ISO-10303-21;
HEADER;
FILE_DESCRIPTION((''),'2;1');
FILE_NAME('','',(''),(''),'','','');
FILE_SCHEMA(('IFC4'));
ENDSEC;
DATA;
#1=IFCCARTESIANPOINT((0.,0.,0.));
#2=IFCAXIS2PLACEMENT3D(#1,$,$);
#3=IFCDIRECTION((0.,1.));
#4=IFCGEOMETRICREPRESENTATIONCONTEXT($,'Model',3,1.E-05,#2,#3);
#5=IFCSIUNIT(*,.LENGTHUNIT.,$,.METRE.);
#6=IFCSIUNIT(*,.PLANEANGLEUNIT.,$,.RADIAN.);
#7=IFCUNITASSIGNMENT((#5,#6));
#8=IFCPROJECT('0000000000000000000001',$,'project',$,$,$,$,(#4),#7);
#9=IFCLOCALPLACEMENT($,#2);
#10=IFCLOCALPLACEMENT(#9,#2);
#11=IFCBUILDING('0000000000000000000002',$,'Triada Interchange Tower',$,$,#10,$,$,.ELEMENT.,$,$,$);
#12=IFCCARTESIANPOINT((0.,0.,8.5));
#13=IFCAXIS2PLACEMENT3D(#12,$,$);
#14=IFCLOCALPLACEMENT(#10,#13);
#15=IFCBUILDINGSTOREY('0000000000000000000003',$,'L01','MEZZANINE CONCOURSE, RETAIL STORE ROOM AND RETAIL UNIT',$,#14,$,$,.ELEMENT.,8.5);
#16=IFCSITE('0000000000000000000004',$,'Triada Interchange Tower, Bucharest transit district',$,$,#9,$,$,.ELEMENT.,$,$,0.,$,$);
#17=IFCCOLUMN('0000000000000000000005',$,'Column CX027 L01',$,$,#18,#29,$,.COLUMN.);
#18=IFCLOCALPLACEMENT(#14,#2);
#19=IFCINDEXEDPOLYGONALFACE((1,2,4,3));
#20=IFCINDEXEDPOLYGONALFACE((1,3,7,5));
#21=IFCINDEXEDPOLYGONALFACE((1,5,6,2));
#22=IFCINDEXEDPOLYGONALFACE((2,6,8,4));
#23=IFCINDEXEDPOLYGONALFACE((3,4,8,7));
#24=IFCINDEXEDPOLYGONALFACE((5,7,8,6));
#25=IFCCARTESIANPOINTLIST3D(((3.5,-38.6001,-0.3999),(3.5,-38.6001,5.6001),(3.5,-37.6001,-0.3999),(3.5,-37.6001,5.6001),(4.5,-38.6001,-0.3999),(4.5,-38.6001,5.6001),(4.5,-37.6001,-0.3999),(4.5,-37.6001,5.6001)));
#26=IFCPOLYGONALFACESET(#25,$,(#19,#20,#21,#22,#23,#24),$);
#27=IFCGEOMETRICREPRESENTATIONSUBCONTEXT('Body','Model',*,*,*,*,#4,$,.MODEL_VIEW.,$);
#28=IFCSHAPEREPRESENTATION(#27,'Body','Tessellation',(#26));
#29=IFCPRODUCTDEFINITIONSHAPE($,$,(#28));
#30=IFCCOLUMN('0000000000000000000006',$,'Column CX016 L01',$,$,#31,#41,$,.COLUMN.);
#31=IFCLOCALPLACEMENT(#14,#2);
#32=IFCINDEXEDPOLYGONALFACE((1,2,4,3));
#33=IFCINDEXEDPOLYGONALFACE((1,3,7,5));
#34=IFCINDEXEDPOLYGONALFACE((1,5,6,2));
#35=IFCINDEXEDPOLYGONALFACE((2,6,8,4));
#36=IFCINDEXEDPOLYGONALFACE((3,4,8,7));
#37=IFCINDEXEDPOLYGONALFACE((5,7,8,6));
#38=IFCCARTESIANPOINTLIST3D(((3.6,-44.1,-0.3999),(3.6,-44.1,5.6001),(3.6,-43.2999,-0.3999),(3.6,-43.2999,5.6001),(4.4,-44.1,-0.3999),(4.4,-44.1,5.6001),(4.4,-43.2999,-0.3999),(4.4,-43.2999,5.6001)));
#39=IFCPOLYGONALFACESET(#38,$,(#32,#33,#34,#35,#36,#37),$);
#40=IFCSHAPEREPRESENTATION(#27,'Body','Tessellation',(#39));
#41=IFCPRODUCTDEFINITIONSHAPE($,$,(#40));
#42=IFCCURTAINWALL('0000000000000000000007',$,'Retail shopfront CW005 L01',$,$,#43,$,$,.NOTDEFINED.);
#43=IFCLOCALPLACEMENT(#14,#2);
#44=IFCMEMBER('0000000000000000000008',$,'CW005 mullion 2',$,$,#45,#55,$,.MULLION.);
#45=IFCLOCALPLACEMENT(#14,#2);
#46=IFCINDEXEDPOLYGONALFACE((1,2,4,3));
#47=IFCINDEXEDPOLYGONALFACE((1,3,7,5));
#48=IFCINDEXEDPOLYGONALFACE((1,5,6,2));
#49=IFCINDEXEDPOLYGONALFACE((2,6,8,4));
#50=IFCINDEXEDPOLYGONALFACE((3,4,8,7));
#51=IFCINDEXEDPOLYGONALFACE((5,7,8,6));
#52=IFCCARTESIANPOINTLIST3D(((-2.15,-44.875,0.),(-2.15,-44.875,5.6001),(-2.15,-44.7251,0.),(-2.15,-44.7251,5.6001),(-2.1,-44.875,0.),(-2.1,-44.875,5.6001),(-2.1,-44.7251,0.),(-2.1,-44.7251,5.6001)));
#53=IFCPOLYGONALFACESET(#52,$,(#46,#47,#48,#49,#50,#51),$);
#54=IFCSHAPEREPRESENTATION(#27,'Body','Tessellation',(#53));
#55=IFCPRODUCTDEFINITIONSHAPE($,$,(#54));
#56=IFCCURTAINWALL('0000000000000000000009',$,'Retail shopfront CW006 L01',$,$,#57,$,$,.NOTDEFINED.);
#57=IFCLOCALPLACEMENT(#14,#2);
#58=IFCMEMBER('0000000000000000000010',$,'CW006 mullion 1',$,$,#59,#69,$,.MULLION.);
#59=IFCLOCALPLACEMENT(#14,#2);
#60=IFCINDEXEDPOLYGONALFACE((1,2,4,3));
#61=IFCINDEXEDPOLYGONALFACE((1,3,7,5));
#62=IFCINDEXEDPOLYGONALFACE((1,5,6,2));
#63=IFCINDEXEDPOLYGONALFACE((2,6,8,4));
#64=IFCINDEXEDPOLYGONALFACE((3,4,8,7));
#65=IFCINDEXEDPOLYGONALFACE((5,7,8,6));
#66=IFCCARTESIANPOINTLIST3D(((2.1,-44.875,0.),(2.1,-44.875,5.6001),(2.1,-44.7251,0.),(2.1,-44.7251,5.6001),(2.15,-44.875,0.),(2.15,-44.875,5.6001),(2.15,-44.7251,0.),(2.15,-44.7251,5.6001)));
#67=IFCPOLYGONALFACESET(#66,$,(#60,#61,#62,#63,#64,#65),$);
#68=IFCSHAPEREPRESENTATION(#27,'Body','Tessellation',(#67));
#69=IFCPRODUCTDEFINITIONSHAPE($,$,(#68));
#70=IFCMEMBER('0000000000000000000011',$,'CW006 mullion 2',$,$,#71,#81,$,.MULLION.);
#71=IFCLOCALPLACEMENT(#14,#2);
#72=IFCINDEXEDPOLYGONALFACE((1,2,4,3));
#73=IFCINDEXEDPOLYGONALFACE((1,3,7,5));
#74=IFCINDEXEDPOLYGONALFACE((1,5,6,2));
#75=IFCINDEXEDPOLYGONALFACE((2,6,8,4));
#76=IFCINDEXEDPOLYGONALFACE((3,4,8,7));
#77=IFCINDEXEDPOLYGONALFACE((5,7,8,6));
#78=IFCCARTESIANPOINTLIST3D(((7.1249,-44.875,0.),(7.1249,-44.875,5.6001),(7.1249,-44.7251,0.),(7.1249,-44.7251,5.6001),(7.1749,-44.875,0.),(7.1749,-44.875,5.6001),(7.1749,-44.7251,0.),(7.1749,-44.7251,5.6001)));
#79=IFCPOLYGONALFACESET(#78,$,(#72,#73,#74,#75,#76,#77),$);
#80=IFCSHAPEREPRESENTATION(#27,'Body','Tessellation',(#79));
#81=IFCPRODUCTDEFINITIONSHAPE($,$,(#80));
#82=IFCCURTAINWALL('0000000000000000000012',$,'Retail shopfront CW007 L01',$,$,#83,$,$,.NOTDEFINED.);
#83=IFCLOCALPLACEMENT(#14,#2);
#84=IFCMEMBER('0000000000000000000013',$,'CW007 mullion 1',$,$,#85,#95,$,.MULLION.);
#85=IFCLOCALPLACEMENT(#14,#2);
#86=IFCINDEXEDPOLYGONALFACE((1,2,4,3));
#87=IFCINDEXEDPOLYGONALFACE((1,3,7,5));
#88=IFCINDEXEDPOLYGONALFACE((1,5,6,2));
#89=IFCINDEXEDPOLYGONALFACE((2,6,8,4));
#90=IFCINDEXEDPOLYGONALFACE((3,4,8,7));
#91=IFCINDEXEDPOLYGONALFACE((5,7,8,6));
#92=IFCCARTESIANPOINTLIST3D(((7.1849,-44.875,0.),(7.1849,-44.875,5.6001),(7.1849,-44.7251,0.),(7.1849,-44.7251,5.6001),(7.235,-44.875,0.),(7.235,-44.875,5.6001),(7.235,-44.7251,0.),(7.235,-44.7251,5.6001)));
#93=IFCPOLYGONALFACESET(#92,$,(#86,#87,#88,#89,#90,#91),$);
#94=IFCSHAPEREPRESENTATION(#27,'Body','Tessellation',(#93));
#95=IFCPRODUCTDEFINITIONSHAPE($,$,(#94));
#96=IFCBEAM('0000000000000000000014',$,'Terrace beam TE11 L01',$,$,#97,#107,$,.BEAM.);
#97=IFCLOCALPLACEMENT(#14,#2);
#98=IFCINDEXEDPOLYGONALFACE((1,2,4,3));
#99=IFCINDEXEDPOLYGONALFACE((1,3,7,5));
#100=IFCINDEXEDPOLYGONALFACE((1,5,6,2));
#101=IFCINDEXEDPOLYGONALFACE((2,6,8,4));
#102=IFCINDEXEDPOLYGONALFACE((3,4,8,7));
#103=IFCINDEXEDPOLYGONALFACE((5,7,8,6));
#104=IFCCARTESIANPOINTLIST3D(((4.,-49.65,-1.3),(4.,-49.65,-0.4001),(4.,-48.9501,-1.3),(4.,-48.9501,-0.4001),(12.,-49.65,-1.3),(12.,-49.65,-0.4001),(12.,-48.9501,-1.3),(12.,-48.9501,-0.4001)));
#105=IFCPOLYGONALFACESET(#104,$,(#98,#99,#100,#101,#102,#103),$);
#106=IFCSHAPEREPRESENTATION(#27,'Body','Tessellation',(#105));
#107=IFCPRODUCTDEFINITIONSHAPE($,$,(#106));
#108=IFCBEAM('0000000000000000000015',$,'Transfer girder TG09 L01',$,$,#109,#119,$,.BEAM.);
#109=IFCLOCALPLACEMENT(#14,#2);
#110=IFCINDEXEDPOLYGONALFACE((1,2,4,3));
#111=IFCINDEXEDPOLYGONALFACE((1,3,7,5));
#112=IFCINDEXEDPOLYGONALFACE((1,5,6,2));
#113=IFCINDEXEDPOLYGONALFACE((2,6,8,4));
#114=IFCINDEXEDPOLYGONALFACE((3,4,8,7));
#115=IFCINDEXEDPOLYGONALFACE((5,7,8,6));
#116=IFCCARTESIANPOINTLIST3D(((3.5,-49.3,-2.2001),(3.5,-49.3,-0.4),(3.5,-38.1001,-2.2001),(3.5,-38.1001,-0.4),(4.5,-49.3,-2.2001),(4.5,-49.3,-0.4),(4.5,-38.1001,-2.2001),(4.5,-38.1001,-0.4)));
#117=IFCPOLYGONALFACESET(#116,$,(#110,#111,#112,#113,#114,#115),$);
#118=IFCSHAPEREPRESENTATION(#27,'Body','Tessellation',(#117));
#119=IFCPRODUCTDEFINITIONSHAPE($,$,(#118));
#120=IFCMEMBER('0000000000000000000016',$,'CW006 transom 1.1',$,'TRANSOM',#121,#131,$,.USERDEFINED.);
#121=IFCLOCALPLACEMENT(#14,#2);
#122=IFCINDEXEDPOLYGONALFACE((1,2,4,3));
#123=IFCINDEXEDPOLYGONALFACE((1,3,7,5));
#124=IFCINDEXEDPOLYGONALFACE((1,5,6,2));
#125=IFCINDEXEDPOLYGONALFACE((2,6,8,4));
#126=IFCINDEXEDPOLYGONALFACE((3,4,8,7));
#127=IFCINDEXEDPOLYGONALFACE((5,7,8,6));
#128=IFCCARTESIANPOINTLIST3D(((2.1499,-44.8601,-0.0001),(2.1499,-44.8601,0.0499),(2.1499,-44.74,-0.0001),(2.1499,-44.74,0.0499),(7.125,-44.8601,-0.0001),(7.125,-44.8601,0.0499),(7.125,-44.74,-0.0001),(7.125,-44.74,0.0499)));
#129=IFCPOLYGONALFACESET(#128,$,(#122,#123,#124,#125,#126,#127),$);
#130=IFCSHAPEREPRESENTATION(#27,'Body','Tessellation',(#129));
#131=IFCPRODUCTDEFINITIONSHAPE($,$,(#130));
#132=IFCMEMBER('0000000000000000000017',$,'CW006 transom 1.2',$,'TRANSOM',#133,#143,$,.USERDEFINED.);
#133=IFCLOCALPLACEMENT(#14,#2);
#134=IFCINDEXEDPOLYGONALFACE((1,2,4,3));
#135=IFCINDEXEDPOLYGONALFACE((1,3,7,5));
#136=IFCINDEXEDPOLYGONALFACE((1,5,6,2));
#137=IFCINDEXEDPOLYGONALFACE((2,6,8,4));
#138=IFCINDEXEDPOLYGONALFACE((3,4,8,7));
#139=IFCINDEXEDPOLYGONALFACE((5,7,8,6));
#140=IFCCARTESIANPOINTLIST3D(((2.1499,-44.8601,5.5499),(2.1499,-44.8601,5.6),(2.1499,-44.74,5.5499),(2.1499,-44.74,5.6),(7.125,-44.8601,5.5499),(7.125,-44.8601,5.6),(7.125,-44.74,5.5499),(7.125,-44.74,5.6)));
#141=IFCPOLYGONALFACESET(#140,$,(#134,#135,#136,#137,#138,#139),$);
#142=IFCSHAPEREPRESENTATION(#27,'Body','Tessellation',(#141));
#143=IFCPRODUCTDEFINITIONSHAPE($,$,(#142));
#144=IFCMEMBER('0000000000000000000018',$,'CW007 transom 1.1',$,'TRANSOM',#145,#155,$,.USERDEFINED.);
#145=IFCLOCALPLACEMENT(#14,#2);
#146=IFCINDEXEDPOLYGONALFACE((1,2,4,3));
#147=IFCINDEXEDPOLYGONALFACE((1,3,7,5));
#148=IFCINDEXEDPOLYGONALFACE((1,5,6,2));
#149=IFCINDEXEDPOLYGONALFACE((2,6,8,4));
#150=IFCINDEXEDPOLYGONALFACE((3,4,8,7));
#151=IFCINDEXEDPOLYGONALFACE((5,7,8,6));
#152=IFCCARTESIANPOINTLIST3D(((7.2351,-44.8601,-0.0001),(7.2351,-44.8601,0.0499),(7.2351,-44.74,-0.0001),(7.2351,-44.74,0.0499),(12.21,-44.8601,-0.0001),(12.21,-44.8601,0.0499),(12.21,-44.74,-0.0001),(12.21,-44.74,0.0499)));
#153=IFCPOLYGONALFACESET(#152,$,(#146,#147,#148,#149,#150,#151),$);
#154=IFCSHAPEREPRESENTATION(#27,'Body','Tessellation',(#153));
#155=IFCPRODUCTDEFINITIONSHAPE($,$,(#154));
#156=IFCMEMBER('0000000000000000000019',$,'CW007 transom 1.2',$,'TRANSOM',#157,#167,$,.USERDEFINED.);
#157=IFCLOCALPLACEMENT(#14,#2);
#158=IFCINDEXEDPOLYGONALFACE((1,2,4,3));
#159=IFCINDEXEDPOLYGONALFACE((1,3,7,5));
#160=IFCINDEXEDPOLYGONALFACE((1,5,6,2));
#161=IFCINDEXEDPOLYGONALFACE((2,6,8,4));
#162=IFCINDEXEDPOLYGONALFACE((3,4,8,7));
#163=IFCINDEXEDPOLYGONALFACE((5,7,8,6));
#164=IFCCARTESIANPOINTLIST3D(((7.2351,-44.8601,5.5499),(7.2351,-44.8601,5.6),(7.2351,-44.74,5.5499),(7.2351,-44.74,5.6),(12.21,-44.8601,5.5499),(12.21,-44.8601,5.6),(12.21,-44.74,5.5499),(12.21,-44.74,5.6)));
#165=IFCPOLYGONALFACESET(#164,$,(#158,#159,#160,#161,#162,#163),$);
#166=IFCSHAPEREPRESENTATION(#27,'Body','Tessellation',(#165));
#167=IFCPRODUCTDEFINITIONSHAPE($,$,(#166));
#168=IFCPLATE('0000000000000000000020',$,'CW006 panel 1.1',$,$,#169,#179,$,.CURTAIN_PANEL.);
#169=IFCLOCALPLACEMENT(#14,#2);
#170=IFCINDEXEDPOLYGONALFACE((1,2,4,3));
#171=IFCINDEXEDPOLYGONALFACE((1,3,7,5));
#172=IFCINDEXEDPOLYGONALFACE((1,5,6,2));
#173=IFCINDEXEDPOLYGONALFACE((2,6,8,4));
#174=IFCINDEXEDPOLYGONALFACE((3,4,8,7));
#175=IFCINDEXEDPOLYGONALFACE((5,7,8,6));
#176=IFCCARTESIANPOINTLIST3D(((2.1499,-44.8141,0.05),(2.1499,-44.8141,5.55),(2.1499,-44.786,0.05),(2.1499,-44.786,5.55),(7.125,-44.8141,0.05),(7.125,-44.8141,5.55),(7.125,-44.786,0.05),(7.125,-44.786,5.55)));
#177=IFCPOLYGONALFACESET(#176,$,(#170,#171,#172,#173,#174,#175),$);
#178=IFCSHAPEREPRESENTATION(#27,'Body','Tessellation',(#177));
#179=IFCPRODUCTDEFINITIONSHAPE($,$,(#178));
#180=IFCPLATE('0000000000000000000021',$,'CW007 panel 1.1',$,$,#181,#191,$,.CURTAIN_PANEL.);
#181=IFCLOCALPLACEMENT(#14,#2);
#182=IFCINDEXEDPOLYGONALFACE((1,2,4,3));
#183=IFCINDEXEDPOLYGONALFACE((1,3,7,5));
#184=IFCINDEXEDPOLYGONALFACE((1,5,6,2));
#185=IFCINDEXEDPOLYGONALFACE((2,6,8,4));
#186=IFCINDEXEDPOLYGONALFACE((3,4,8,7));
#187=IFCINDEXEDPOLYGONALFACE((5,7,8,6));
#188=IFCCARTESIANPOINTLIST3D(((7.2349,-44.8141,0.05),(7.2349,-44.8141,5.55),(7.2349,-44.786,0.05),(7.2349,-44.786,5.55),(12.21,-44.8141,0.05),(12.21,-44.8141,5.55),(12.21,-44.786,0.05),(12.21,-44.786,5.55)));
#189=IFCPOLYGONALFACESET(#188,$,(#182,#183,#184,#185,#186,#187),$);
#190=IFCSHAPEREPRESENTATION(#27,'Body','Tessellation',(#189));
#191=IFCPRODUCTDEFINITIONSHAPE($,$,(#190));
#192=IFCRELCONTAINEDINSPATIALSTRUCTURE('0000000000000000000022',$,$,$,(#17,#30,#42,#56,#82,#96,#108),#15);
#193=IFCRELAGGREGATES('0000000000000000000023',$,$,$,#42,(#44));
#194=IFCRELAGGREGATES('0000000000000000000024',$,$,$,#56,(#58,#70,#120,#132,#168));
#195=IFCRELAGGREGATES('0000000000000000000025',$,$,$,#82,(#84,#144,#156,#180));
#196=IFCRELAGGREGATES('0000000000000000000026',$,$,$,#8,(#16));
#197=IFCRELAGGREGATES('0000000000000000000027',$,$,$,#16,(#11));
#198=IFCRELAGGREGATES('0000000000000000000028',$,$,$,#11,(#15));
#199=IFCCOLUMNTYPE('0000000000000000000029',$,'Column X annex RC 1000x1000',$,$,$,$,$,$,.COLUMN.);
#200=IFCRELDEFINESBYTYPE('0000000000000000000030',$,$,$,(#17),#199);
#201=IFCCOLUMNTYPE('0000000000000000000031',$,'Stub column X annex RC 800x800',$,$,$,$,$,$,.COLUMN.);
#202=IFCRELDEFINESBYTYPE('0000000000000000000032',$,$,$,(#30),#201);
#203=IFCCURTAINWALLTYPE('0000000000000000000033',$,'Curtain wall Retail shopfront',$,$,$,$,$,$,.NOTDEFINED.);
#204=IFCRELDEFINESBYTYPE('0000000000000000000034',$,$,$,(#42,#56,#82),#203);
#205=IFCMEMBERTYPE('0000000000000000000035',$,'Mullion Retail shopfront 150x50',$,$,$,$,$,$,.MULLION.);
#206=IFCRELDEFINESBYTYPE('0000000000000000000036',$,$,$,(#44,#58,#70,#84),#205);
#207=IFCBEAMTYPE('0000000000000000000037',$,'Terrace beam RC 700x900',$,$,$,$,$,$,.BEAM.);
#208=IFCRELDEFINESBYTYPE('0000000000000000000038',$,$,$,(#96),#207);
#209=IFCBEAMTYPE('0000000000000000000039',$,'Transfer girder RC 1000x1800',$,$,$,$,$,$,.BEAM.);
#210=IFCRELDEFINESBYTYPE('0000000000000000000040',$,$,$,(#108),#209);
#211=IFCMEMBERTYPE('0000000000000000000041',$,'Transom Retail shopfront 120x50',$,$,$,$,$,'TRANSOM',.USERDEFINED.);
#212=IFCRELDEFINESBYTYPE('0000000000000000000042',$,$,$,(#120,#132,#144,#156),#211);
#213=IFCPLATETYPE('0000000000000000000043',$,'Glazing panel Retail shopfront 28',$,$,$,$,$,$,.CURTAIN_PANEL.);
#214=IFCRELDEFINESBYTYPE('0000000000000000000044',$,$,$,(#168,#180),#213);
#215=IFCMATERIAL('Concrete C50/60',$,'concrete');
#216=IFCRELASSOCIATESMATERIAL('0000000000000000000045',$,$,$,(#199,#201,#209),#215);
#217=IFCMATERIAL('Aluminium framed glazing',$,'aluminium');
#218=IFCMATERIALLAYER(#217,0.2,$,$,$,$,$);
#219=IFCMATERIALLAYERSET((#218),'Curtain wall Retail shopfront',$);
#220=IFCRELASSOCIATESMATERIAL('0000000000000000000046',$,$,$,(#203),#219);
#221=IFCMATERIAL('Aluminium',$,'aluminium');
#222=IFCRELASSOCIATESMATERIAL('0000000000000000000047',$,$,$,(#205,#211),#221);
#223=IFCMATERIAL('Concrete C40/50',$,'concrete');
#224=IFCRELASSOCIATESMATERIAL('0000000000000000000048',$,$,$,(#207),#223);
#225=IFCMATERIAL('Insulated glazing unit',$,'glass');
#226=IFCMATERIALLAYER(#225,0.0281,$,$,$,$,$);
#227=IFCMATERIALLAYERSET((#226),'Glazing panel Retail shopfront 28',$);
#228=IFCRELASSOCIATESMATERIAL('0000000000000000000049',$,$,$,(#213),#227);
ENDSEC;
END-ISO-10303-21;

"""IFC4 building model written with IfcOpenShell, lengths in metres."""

from ifc_helpers import new_model, si_unit, direction, frame, origin, origin_2d, place, context, subcontext, project, spatial, rectangle, extrude, material, layer, layer_set, material_profile, profile_set, type_object, element, aggregate, save


model = new_model("IFC4")

# Units and contexts
model_context = context("Model", 3, precision=1e-05, world=origin(), true_north=direction((0.0, 1.0)))
body_context = subcontext(model_context, "Body", "Model", "MODEL_VIEW")
ifc_project = project(units=[si_unit("LENGTHUNIT", "METRE"), si_unit("PLANEANGLEUNIT", "RADIAN")], contexts=[model_context])

# Site, building, storey
site_placement = place(None, origin())
site = spatial("IfcSite", under=ifc_project, at=site_placement, Name="Triada Interchange Tower, Bucharest transit district", CompositionType="ELEMENT", RefElevation=0.0)
building_placement = place(site_placement, origin())
building = spatial("IfcBuilding", under=site, at=building_placement, Name="Triada Interchange Tower", CompositionType="ELEMENT")
storey_placement = place(building_placement, frame((0.0, 0.0, 8.5)))
storey = spatial("IfcBuildingStorey", under=building, at=storey_placement, Name="L01", Description="MEZZANINE CONCOURSE, RETAIL STORE ROOM AND RETAIL UNIT", CompositionType="ELEMENT", Elevation=8.5)

# Columns
ifc_material_1 = material(Name="Concrete C50/60", Category="concrete")
ifc_material_profile_1 = material_profile(ifc_material_1, rectangle(XDim=1.0, YDim=1.0, at=origin_2d()), Name="RC 1000x1000")
ifc_profile_set_1 = profile_set([ifc_material_profile_1], Name="Concrete C50/60")
column_type_1 = type_object("IfcColumnType", Name="Column X annex RC 1000x1000", PredefinedType="COLUMN", material=ifc_profile_set_1)
column_1_placement = place(storey_placement, frame((4.0, -38.1001, -0.3999), z_axis=(0.0, 0.0, 1.0), x_axis=(1.0, 0.0, 0.0)))
element("IfcColumn", 1, at=column_1_placement, inside=storey, type_object=column_type_1, Name="Column CX027 L01", PredefinedType="COLUMN", context=body_context, shape_type="SweptSolid", body=[
    extrude(rectangle(XDim=1.0, YDim=1.0, at=origin_2d()), origin(), (0.0, 0.0, 1.0), 6.0),
])
ifc_material_profile_2 = material_profile(ifc_material_1, rectangle(XDim=0.8, YDim=0.8, at=origin_2d()), Name="RC 800x800")
ifc_profile_set_2 = profile_set([ifc_material_profile_2], Name="Concrete C50/60")
column_type_2 = type_object("IfcColumnType", Name="Stub column X annex RC 800x800", PredefinedType="COLUMN", material=ifc_profile_set_2)
column_2_placement = place(storey_placement, frame((4.0, -43.7, -0.3999), z_axis=(0.0, 0.0, 1.0), x_axis=(1.0, 0.0, 0.0)))
element("IfcColumn", 2, at=column_2_placement, inside=storey, type_object=column_type_2, Name="Column CX016 L01", PredefinedType="COLUMN", context=body_context, shape_type="SweptSolid", body=[
    extrude(rectangle(XDim=0.8, YDim=0.8, at=origin_2d()), origin(), (0.0, 0.0, 1.0), 6.0),
])

# Curtain wall, member
ifc_material_2 = material(Name="Aluminium framed glazing", Category="aluminium")
ifc_layer_1 = layer(ifc_material_2, 0.2)
ifc_layer_set_1 = layer_set([ifc_layer_1], Name="Curtain wall Retail shopfront")
curtain_wall_type = type_object("IfcCurtainWallType", Name="Curtain wall Retail shopfront", PredefinedType="NOTDEFINED", material=ifc_layer_set_1)
curtain_wall_1_placement = place(storey_placement, origin())
curtain_wall_1 = element("IfcCurtainWall", 3, at=curtain_wall_1_placement, inside=storey, type_object=curtain_wall_type, Name="Retail shopfront CW005 L01", PredefinedType="NOTDEFINED")
ifc_material_3 = material(Name="Aluminium", Category="aluminium")
ifc_material_profile_3 = material_profile(ifc_material_3, rectangle(XDim=0.1499, YDim=0.05, at=origin_2d()), Name="Aluminium mullion")
ifc_profile_set_3 = profile_set([ifc_material_profile_3], Name="Aluminium")
member_type_1 = type_object("IfcMemberType", Name="Mullion Retail shopfront 150x50", PredefinedType="MULLION", material=ifc_profile_set_3)
member_1_placement = place(storey_placement, frame((-2.125, -44.8, 0.0), z_axis=(0.0, 0.0, 1.0), x_axis=(0.0, 1.0, 0.0)))
member_1 = element("IfcMember", 4, at=member_1_placement, type_object=member_type_1, Name="CW005 mullion 2", PredefinedType="MULLION", context=body_context, shape_type="SweptSolid", body=[
    extrude(rectangle(XDim=0.1499, YDim=0.05, at=origin_2d()), origin(), (0.0, 0.0, 1.0), 5.6001),
])
aggregate(curtain_wall_1, [member_1])

# Curtain wall, members
curtain_wall_2_placement = place(storey_placement, origin())
curtain_wall_2 = element("IfcCurtainWall", 5, at=curtain_wall_2_placement, inside=storey, type_object=curtain_wall_type, Name="Retail shopfront CW006 L01", PredefinedType="NOTDEFINED")
member_2_placement = place(storey_placement, frame((2.125, -44.8, 0.0), z_axis=(0.0, 0.0, 1.0), x_axis=(0.0, 1.0, 0.0)))
member_2 = element("IfcMember", 6, at=member_2_placement, type_object=member_type_1, Name="CW006 mullion 1", PredefinedType="MULLION", context=body_context, shape_type="SweptSolid", body=[
    extrude(rectangle(XDim=0.1499, YDim=0.05, at=origin_2d()), origin(), (0.0, 0.0, 1.0), 5.6001),
])
member_3_placement = place(storey_placement, frame((7.1499, -44.8, 0.0), z_axis=(0.0, 0.0, 1.0), x_axis=(0.0, 1.0, 0.0)))
member_3 = element("IfcMember", 7, at=member_3_placement, type_object=member_type_1, Name="CW006 mullion 2", PredefinedType="MULLION", context=body_context, shape_type="SweptSolid", body=[
    extrude(rectangle(XDim=0.1499, YDim=0.05, at=origin_2d()), origin(), (0.0, 0.0, 1.0), 5.6001),
])

# Curtain wall, member
curtain_wall_3_placement = place(storey_placement, origin())
curtain_wall_3 = element("IfcCurtainWall", 8, at=curtain_wall_3_placement, inside=storey, type_object=curtain_wall_type, Name="Retail shopfront CW007 L01", PredefinedType="NOTDEFINED")
member_4_placement = place(storey_placement, frame((7.21, -44.8, 0.0), z_axis=(0.0, 0.0, 1.0), x_axis=(0.0, 1.0, 0.0)))
member_4 = element("IfcMember", 9, at=member_4_placement, type_object=member_type_1, Name="CW007 mullion 1", PredefinedType="MULLION", context=body_context, shape_type="SweptSolid", body=[
    extrude(rectangle(XDim=0.1499, YDim=0.05, at=origin_2d()), origin(), (0.0, 0.0, 1.0), 5.6001),
])

# Beams
ifc_material_4 = material(Name="Concrete C40/50", Category="concrete")
ifc_material_profile_4 = material_profile(ifc_material_4, rectangle(XDim=0.7, YDim=0.8999, at=origin_2d()), Name="RC 700x900")
ifc_profile_set_4 = profile_set([ifc_material_profile_4], Name="Concrete C40/50")
beam_type_1 = type_object("IfcBeamType", Name="Terrace beam RC 700x900", PredefinedType="BEAM", material=ifc_profile_set_4)
beam_1_placement = place(storey_placement, frame((4.0, -49.3, -0.8501), z_axis=(1.0, 0.0, 0.0), x_axis=(0.0, 1.0, 0.0)))
element("IfcBeam", 10, at=beam_1_placement, inside=storey, type_object=beam_type_1, Name="Terrace beam TE11 L01", PredefinedType="BEAM", context=body_context, shape_type="SweptSolid", body=[
    extrude(rectangle(XDim=0.7, YDim=0.8999, at=origin_2d()), origin(), (0.0, 0.0, 1.0), 8.0),
])
ifc_material_profile_5 = material_profile(ifc_material_1, rectangle(XDim=1.0, YDim=1.8, at=origin_2d()), Name="RC 1000x1800")
ifc_profile_set_5 = profile_set([ifc_material_profile_5], Name="Concrete C50/60")
beam_type_2 = type_object("IfcBeamType", Name="Transfer girder RC 1000x1800", PredefinedType="BEAM", material=ifc_profile_set_5)
beam_2_placement = place(storey_placement, frame((4.0, -49.3, -1.3), z_axis=(0.0, 1.0, 0.0), x_axis=(-1.0, 0.0, 0.0)))
element("IfcBeam", 11, at=beam_2_placement, inside=storey, type_object=beam_type_2, Name="Transfer girder TG09 L01", PredefinedType="BEAM", context=body_context, shape_type="SweptSolid", body=[
    extrude(rectangle(XDim=1.0, YDim=1.8, at=origin_2d()), origin(), (0.0, 0.0, 1.0), 11.2),
])

# Members
ifc_material_profile_6 = material_profile(ifc_material_3, rectangle(XDim=0.1201, YDim=0.05, at=origin_2d()), Name="Aluminium transom")
ifc_profile_set_6 = profile_set([ifc_material_profile_6], Name="Aluminium")
member_type_2 = type_object("IfcMemberType", Name="Transom Retail shopfront 120x50", ElementType="TRANSOM", PredefinedType="USERDEFINED", material=ifc_profile_set_6)
member_5_placement = place(storey_placement, frame((2.1499, -44.8, 0.0249), z_axis=(1.0, 0.0, 0.0), x_axis=(0.0, 1.0, 0.0)))
member_5 = element("IfcMember", 12, at=member_5_placement, type_object=member_type_2, Name="CW006 transom 1.1", ObjectType="TRANSOM", PredefinedType="USERDEFINED", context=body_context, shape_type="SweptSolid", body=[
    extrude(rectangle(XDim=0.1201, YDim=0.05, at=origin_2d()), origin(), (0.0, 0.0, 1.0), 4.9751),
])
member_6_placement = place(storey_placement, frame((2.1499, -44.8, 5.575), z_axis=(1.0, 0.0, 0.0), x_axis=(0.0, 1.0, 0.0)))
member_6 = element("IfcMember", 13, at=member_6_placement, type_object=member_type_2, Name="CW006 transom 1.2", ObjectType="TRANSOM", PredefinedType="USERDEFINED", context=body_context, shape_type="SweptSolid", body=[
    extrude(rectangle(XDim=0.1201, YDim=0.05, at=origin_2d()), origin(), (0.0, 0.0, 1.0), 4.9751),
])
member_7_placement = place(storey_placement, frame((7.2351, -44.8, 0.0249), z_axis=(1.0, 0.0, 0.0), x_axis=(0.0, 1.0, 0.0)))
member_7 = element("IfcMember", 14, at=member_7_placement, type_object=member_type_2, Name="CW007 transom 1.1", ObjectType="TRANSOM", PredefinedType="USERDEFINED", context=body_context, shape_type="SweptSolid", body=[
    extrude(rectangle(XDim=0.1201, YDim=0.05, at=origin_2d()), origin(), (0.0, 0.0, 1.0), 4.9749),
])
member_8_placement = place(storey_placement, frame((7.2351, -44.8, 5.575), z_axis=(1.0, 0.0, 0.0), x_axis=(0.0, 1.0, 0.0)))
member_8 = element("IfcMember", 15, at=member_8_placement, type_object=member_type_2, Name="CW007 transom 1.2", ObjectType="TRANSOM", PredefinedType="USERDEFINED", context=body_context, shape_type="SweptSolid", body=[
    extrude(rectangle(XDim=0.1201, YDim=0.05, at=origin_2d()), origin(), (0.0, 0.0, 1.0), 4.9749),
])

# Plates
ifc_material_5 = material(Name="Insulated glazing unit", Category="glass")
ifc_layer_2 = layer(ifc_material_5, 0.0281)
ifc_layer_set_2 = layer_set([ifc_layer_2], Name="Glazing panel Retail shopfront 28")
plate_type = type_object("IfcPlateType", Name="Glazing panel Retail shopfront 28", PredefinedType="CURTAIN_PANEL", material=ifc_layer_set_2)
plate_1_placement = place(storey_placement, frame((4.6375, -44.8, 0.05), z_axis=(0.0, 0.0, 1.0), x_axis=(1.0, 0.0, 0.0)))
plate_1 = element("IfcPlate", 16, at=plate_1_placement, type_object=plate_type, Name="CW006 panel 1.1", PredefinedType="CURTAIN_PANEL", context=body_context, shape_type="SweptSolid", body=[
    extrude(rectangle(XDim=4.9751, YDim=0.0281, at=origin_2d()), origin(), (0.0, 0.0, 1.0), 5.5),
])
aggregate(curtain_wall_2, [member_2, member_3, member_5, member_6, plate_1])
plate_2_placement = place(storey_placement, frame((9.7224, -44.8, 0.05), z_axis=(0.0, 0.0, 1.0), x_axis=(1.0, 0.0, 0.0)))
plate_2 = element("IfcPlate", 17, at=plate_2_placement, type_object=plate_type, Name="CW007 panel 1.1", PredefinedType="CURTAIN_PANEL", context=body_context, shape_type="SweptSolid", body=[
    extrude(rectangle(XDim=4.9751, YDim=0.0281, at=origin_2d()), origin(), (0.0, 0.0, 1.0), 5.5),
])
aggregate(curtain_wall_3, [member_4, member_7, member_8, plate_2])

save(model, "model.ifc")
